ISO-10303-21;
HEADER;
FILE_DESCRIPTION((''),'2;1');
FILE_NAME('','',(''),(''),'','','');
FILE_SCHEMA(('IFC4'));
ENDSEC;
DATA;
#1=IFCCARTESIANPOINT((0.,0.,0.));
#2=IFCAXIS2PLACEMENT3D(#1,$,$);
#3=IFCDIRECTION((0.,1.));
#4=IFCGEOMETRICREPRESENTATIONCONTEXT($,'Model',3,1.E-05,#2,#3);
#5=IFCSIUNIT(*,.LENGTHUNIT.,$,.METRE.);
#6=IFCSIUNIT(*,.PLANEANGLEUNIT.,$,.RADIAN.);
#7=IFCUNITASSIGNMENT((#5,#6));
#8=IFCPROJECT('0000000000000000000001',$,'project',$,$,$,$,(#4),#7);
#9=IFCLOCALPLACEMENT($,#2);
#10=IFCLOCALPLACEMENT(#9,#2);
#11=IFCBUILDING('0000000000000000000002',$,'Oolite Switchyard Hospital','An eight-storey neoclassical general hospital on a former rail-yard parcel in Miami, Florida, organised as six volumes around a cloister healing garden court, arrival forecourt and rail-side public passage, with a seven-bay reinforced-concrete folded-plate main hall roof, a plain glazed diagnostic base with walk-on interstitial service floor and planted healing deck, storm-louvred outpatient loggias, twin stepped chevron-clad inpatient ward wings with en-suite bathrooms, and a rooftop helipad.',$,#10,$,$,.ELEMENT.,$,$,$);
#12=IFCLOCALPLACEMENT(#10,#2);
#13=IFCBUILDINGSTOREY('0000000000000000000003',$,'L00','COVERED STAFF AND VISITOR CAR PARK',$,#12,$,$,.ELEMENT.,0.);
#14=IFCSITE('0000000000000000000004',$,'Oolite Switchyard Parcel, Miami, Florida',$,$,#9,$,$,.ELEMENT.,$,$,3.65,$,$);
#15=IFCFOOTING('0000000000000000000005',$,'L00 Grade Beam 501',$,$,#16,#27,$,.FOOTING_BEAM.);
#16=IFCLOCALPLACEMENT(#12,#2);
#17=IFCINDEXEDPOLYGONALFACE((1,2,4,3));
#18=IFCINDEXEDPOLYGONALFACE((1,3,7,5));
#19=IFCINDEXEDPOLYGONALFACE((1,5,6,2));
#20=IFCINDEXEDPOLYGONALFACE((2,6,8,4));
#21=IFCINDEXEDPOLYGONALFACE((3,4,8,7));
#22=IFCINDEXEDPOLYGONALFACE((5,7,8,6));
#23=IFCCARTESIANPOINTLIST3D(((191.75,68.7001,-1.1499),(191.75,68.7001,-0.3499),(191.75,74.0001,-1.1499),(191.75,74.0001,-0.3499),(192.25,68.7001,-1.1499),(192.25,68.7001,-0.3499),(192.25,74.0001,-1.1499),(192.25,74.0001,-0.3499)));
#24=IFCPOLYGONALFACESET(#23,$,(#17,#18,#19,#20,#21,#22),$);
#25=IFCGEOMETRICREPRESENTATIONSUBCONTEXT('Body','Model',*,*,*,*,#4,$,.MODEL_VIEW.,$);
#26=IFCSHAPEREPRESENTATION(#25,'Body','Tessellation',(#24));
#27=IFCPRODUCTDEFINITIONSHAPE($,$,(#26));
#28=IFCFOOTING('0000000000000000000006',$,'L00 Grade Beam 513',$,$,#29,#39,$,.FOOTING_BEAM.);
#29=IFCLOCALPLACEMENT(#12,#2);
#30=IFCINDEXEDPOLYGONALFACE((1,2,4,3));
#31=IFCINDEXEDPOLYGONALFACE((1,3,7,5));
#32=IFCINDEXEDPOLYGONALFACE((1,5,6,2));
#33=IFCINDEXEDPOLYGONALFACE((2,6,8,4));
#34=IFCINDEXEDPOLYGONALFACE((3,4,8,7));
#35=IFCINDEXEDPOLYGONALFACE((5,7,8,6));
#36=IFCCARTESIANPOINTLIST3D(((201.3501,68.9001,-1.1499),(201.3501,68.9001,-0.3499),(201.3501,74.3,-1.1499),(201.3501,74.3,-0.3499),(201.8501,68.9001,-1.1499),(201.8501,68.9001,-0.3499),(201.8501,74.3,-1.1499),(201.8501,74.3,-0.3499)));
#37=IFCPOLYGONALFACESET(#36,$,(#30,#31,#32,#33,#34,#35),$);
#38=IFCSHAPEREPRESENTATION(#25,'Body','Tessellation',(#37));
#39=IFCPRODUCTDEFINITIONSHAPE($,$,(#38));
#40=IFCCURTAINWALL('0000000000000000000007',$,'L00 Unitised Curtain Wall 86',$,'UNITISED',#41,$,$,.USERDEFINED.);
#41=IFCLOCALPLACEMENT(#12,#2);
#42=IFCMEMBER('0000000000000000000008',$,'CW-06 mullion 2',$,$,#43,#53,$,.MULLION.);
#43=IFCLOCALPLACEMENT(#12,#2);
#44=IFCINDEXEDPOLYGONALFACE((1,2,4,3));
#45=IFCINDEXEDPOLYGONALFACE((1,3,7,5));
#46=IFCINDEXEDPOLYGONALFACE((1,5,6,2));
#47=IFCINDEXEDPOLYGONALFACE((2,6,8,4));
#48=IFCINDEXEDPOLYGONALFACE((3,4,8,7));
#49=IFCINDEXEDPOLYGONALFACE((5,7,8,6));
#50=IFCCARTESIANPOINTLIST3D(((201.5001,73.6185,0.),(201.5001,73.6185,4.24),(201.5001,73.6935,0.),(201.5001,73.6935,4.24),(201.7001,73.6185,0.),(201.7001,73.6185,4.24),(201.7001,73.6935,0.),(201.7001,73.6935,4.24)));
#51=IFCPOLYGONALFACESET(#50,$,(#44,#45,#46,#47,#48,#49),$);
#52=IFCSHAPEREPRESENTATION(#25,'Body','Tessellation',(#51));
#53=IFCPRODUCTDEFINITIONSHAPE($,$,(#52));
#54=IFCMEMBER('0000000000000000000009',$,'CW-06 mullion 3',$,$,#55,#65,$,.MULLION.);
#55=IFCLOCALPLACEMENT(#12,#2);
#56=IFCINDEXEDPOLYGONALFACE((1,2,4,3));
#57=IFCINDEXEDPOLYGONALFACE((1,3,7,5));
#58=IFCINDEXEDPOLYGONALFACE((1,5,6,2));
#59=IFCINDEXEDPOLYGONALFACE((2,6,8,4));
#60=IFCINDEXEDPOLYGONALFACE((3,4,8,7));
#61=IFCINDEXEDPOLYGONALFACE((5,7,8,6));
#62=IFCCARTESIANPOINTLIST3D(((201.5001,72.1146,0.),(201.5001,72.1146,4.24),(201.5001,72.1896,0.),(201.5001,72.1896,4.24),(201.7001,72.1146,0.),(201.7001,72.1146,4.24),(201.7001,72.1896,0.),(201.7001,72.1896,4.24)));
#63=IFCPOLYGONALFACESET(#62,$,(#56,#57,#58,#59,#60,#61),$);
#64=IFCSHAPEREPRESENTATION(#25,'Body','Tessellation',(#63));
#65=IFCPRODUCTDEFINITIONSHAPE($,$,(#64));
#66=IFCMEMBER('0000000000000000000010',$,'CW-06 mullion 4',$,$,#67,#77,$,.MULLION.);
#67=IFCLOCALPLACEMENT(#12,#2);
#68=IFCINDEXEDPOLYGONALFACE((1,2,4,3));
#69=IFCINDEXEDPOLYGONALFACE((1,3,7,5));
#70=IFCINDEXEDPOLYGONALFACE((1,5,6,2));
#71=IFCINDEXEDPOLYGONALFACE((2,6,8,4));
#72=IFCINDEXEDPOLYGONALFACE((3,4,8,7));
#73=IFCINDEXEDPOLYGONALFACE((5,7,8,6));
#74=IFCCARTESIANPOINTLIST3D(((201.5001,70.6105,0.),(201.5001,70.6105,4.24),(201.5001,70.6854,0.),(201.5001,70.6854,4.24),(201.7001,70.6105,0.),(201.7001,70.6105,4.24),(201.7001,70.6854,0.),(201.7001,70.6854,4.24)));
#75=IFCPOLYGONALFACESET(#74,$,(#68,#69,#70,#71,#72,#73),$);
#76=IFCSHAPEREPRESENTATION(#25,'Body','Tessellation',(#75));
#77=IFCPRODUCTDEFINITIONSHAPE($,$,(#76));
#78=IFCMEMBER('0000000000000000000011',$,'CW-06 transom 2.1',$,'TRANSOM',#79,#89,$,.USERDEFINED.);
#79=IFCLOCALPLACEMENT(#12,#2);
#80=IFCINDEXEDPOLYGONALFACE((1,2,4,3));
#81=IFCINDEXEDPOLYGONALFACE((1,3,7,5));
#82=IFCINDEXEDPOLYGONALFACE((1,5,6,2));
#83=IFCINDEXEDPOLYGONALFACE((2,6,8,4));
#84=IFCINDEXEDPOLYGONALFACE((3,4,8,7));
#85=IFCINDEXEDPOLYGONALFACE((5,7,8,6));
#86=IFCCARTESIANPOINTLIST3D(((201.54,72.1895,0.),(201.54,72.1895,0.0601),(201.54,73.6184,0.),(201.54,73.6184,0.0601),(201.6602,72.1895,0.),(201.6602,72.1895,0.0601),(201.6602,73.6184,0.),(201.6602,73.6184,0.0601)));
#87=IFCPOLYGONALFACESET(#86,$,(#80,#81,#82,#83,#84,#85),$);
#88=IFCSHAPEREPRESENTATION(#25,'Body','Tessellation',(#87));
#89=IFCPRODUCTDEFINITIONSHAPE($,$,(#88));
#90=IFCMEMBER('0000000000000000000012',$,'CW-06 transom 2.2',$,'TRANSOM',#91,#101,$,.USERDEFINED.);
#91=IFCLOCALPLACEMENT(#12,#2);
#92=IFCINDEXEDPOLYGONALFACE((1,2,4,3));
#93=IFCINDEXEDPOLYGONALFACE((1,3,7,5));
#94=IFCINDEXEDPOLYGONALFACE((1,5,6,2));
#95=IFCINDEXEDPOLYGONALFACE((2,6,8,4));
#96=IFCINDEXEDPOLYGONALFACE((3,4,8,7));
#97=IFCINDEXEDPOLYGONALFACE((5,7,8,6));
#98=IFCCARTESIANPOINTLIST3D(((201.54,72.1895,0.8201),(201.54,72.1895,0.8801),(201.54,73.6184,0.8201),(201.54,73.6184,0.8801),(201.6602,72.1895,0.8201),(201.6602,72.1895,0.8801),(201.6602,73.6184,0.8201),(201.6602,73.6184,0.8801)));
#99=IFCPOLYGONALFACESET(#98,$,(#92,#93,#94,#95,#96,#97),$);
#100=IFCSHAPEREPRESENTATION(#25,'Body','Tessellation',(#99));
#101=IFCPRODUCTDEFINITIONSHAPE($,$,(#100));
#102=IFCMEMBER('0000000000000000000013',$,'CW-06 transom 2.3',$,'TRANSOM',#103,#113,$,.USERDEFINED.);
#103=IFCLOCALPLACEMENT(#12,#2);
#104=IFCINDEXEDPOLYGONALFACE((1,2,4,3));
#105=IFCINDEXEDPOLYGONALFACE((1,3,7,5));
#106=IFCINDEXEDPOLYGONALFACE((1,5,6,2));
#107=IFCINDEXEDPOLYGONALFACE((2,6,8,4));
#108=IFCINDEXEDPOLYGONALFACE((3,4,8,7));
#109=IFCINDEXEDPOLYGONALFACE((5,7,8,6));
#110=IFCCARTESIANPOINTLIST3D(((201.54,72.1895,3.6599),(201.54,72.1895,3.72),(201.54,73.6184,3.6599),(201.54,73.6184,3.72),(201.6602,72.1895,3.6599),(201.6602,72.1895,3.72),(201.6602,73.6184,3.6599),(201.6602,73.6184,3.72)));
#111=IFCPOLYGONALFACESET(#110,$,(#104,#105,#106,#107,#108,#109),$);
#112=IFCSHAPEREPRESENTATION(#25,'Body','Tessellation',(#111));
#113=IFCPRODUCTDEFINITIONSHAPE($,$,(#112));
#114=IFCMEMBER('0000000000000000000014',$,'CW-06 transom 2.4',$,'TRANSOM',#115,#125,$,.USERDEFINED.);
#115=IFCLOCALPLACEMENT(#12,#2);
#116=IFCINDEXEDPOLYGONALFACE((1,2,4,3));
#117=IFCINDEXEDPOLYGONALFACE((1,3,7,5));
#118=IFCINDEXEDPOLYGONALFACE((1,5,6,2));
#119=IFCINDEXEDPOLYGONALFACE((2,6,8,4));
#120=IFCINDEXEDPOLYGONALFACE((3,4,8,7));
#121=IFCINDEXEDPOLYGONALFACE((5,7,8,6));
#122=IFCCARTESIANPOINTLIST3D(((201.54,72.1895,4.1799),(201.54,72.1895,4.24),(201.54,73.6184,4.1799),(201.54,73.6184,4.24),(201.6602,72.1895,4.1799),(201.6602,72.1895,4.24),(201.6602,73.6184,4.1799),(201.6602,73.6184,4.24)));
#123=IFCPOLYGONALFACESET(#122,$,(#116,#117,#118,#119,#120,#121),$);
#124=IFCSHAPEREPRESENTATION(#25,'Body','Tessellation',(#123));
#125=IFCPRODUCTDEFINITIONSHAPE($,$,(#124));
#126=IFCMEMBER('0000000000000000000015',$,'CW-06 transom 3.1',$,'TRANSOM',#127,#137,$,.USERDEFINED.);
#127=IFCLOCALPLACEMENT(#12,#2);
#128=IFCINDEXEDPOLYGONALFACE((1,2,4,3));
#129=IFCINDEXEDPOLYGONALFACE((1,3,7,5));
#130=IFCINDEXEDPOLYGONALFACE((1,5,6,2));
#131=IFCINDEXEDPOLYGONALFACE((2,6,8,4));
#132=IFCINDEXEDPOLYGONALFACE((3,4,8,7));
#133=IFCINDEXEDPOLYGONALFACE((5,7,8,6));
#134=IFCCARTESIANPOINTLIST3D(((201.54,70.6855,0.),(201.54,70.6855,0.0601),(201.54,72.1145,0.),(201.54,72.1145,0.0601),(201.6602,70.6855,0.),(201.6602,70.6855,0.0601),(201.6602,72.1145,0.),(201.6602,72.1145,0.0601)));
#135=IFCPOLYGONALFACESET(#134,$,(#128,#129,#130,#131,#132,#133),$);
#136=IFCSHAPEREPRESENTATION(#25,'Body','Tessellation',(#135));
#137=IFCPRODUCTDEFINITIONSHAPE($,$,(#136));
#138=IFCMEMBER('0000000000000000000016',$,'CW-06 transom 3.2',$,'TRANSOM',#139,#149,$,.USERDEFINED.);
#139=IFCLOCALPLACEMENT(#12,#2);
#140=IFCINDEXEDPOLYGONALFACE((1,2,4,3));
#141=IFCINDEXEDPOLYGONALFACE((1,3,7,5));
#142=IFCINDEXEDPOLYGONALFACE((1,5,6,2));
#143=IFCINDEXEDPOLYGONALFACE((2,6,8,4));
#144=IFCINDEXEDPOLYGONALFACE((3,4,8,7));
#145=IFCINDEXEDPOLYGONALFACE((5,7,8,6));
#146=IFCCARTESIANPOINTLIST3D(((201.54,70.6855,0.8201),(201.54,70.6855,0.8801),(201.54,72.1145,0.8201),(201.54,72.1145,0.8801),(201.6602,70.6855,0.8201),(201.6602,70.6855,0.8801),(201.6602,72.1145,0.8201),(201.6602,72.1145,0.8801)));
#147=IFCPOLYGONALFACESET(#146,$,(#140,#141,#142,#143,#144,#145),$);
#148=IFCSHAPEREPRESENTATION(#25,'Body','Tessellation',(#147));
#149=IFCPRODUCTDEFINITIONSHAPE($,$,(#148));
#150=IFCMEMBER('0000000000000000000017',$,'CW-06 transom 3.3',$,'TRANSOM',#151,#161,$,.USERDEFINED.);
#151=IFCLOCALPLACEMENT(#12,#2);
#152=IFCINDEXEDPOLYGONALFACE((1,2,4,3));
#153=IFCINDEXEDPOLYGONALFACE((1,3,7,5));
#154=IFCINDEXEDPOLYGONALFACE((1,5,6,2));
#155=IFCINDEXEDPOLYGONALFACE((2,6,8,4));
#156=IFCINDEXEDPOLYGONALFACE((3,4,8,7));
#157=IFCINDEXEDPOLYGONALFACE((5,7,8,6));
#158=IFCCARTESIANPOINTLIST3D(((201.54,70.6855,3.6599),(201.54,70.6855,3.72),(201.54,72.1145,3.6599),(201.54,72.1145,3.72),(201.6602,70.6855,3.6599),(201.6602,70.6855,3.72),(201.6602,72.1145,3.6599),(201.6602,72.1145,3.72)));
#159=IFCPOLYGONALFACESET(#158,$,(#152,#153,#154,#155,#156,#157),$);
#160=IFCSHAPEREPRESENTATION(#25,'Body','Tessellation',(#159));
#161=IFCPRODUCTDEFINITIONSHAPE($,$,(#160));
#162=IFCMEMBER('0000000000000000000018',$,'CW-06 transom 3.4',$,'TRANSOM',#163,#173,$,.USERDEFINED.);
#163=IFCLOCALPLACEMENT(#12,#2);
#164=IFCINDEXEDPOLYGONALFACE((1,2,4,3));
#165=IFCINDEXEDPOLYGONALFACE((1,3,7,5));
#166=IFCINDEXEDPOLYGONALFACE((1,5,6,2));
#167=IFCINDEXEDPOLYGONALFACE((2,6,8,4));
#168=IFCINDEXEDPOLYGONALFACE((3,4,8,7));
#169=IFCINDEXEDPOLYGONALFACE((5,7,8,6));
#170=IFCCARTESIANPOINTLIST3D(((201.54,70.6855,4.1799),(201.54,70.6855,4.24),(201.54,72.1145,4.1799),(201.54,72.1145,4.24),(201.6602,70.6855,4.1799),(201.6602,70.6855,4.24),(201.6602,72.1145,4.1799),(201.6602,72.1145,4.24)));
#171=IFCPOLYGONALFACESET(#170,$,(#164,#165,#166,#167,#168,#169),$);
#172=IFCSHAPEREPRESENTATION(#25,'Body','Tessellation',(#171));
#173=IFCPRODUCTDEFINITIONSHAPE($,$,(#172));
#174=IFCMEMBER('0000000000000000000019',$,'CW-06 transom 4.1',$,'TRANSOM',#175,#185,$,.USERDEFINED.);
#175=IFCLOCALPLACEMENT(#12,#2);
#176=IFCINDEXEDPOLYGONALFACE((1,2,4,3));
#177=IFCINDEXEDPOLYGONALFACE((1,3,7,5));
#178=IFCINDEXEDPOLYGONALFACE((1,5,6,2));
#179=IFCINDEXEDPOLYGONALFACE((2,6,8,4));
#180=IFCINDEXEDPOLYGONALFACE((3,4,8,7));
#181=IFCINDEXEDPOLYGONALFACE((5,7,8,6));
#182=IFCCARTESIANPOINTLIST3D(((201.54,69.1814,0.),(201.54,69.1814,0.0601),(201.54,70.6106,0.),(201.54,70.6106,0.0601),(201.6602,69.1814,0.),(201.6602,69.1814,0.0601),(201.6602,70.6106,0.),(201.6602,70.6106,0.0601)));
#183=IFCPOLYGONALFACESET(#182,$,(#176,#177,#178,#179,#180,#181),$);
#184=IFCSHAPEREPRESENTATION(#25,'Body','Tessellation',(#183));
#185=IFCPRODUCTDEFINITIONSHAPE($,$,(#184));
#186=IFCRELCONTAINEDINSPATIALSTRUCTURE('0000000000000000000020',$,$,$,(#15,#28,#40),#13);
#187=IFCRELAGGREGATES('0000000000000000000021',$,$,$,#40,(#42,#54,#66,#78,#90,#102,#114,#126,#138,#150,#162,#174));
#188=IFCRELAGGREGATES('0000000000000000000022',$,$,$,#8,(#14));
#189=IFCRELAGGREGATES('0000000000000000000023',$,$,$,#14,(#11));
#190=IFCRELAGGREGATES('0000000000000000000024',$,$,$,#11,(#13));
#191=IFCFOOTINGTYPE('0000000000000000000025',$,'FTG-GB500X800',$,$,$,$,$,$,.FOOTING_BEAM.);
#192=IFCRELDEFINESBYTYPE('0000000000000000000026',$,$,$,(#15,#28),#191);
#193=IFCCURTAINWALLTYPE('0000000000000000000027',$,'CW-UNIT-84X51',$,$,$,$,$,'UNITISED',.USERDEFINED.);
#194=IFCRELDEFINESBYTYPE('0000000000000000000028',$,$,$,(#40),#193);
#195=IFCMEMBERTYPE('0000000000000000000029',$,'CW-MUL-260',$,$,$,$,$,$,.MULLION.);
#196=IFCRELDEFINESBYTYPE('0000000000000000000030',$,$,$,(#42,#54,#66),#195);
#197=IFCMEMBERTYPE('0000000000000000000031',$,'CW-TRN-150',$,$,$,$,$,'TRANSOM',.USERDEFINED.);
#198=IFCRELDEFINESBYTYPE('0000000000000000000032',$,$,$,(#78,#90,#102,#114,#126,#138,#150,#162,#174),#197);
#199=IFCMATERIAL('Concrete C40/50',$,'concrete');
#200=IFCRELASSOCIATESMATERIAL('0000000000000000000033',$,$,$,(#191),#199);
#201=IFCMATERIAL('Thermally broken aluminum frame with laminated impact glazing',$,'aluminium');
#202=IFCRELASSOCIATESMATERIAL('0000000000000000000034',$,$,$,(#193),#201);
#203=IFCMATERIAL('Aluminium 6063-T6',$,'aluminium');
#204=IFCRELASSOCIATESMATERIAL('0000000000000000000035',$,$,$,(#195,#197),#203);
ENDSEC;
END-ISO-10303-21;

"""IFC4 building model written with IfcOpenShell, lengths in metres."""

from ifc_helpers import new_model, si_unit, direction, frame, origin, origin_2d, place, context, subcontext, project, spatial, rectangle, extrude, material, material_profile, profile_set, type_object, element, aggregate, save


model = new_model("IFC4")

# Units and contexts
model_context = context("Model", 3, precision=1e-05, world=origin(), true_north=direction((0.0, 1.0)))
body_context = subcontext(model_context, "Body", "Model", "MODEL_VIEW")
ifc_project = project(units=[si_unit("LENGTHUNIT", "METRE"), si_unit("PLANEANGLEUNIT", "RADIAN")], contexts=[model_context])

# Site, building, storey
site_placement = place(None, origin())
site = spatial("IfcSite", under=ifc_project, at=site_placement, Name="Oolite Switchyard Parcel, Miami, Florida", CompositionType="ELEMENT", RefElevation=3.65)
building_placement = place(site_placement, origin())
building = spatial("IfcBuilding", under=site, at=building_placement, Name="Oolite Switchyard Hospital", Description="An eight-storey neoclassical general hospital on a former rail-yard parcel in Miami, Florida, organised as six volumes around a cloister healing garden court, arrival forecourt and rail-side public passage, with a seven-bay reinforced-concrete folded-plate main hall roof, a plain glazed diagnostic base with walk-on interstitial service floor and planted healing deck, storm-louvred outpatient loggias, twin stepped chevron-clad inpatient ward wings with en-suite bathrooms, and a rooftop helipad.", CompositionType="ELEMENT")
storey_placement = place(building_placement, origin())
storey = spatial("IfcBuildingStorey", under=building, at=storey_placement, Name="L00", Description="COVERED STAFF AND VISITOR CAR PARK", CompositionType="ELEMENT", Elevation=0.0)

# Footings
ifc_material_1 = material(Name="Concrete C40/50", Category="concrete")
footing_type = type_object("IfcFootingType", Name="FTG-GB500X800", PredefinedType="FOOTING_BEAM", material=ifc_material_1)
footing_1_placement = place(storey_placement, frame((192.0, 71.3501, -1.1499), z_axis=(0.0, 0.0, 1.0), x_axis=(0.0, 1.0, 0.0)))
element("IfcFooting", 1, at=footing_1_placement, inside=storey, type_object=footing_type, Name="L00 Grade Beam 501", PredefinedType="FOOTING_BEAM", context=body_context, shape_type="SweptSolid", body=[
    extrude(rectangle(XDim=5.3, YDim=0.5, at=origin_2d()), origin(), (0.0, 0.0, 1.0), 0.8),
])
footing_2_placement = place(storey_placement, frame((201.6001, 71.6001, -1.1499), z_axis=(0.0, 0.0, 1.0), x_axis=(0.0, 1.0, 0.0)))
element("IfcFooting", 2, at=footing_2_placement, inside=storey, type_object=footing_type, Name="L00 Grade Beam 513", PredefinedType="FOOTING_BEAM", context=body_context, shape_type="SweptSolid", body=[
    extrude(rectangle(XDim=5.3999, YDim=0.5, at=origin_2d()), origin(), (0.0, 0.0, 1.0), 0.8),
])

# Curtain wall, members
ifc_material_2 = material(Name="Thermally broken aluminum frame with laminated impact glazing", Category="aluminium")
curtain_wall_type = type_object("IfcCurtainWallType", Name="CW-UNIT-84X51", ElementType="UNITISED", PredefinedType="USERDEFINED", material=ifc_material_2)
curtain_wall_placement = place(storey_placement, origin())
curtain_wall = element("IfcCurtainWall", 3, at=curtain_wall_placement, inside=storey, type_object=curtain_wall_type, Name="L00 Unitised Curtain Wall 86", ObjectType="UNITISED", PredefinedType="USERDEFINED")
ifc_material_3 = material(Name="Aluminium 6063-T6", Category="aluminium")
ifc_material_profile_1 = material_profile(ifc_material_3, rectangle(XDim=0.2, YDim=0.075, at=origin_2d()), Name="CWM75X200")
ifc_profile_set_1 = profile_set([ifc_material_profile_1], Name="Aluminium 6063-T6")
member_type_1 = type_object("IfcMemberType", Name="CW-MUL-260", PredefinedType="MULLION", material=ifc_profile_set_1)
member_1_placement = place(storey_placement, frame((201.6001, 73.656, 0.0), z_axis=(0.0, 0.0, 1.0), x_axis=(1.0, 0.0, 0.0)))
member_1 = element("IfcMember", 4, at=member_1_placement, type_object=member_type_1, Name="CW-06 mullion 2", PredefinedType="MULLION", context=body_context, shape_type="SweptSolid", body=[
    extrude(rectangle(XDim=0.2, YDim=0.075, at=origin_2d()), origin(), (0.0, 0.0, 1.0), 4.24),
])
member_2_placement = place(storey_placement, frame((201.6001, 72.1521, 0.0), z_axis=(0.0, 0.0, 1.0), x_axis=(1.0, 0.0, 0.0)))
member_2 = element("IfcMember", 5, at=member_2_placement, type_object=member_type_1, Name="CW-06 mullion 3", PredefinedType="MULLION", context=body_context, shape_type="SweptSolid", body=[
    extrude(rectangle(XDim=0.2, YDim=0.075, at=origin_2d()), origin(), (0.0, 0.0, 1.0), 4.24),
])
member_3_placement = place(storey_placement, frame((201.6001, 70.6479, 0.0), z_axis=(0.0, 0.0, 1.0), x_axis=(1.0, 0.0, 0.0)))
member_3 = element("IfcMember", 6, at=member_3_placement, type_object=member_type_1, Name="CW-06 mullion 4", PredefinedType="MULLION", context=body_context, shape_type="SweptSolid", body=[
    extrude(rectangle(XDim=0.2, YDim=0.075, at=origin_2d()), origin(), (0.0, 0.0, 1.0), 4.24),
])
ifc_material_profile_2 = material_profile(ifc_material_3, rectangle(XDim=0.1201, YDim=0.0601, at=origin_2d()), Name="CWT60X120")
ifc_profile_set_2 = profile_set([ifc_material_profile_2], Name="Aluminium 6063-T6")
member_type_2 = type_object("IfcMemberType", Name="CW-TRN-150", ElementType="TRANSOM", PredefinedType="USERDEFINED", material=ifc_profile_set_2)
member_4_placement = place(storey_placement, frame((201.6001, 73.6184, 0.03), z_axis=(0.0, -1.0, 0.0), x_axis=(1.0, 0.0, 0.0)))
member_4 = element("IfcMember", 7, at=member_4_placement, type_object=member_type_2, Name="CW-06 transom 2.1", ObjectType="TRANSOM", PredefinedType="USERDEFINED", context=body_context, shape_type="SweptSolid", body=[
    extrude(rectangle(XDim=0.1201, YDim=0.0601, at=origin_2d()), origin(), (0.0, 0.0, 1.0), 1.429),
])
member_5_placement = place(storey_placement, frame((201.6001, 73.6184, 0.8501), z_axis=(0.0, -1.0, 0.0), x_axis=(1.0, 0.0, 0.0)))
member_5 = element("IfcMember", 8, at=member_5_placement, type_object=member_type_2, Name="CW-06 transom 2.2", ObjectType="TRANSOM", PredefinedType="USERDEFINED", context=body_context, shape_type="SweptSolid", body=[
    extrude(rectangle(XDim=0.1201, YDim=0.0601, at=origin_2d()), origin(), (0.0, 0.0, 1.0), 1.429),
])
member_6_placement = place(storey_placement, frame((201.6001, 73.6184, 3.6899), z_axis=(0.0, -1.0, 0.0), x_axis=(1.0, 0.0, 0.0)))
member_6 = element("IfcMember", 9, at=member_6_placement, type_object=member_type_2, Name="CW-06 transom 2.3", ObjectType="TRANSOM", PredefinedType="USERDEFINED", context=body_context, shape_type="SweptSolid", body=[
    extrude(rectangle(XDim=0.1201, YDim=0.0601, at=origin_2d()), origin(), (0.0, 0.0, 1.0), 1.429),
])
member_7_placement = place(storey_placement, frame((201.6001, 73.6184, 4.21), z_axis=(0.0, -1.0, 0.0), x_axis=(1.0, 0.0, 0.0)))
member_7 = element("IfcMember", 10, at=member_7_placement, type_object=member_type_2, Name="CW-06 transom 2.4", ObjectType="TRANSOM", PredefinedType="USERDEFINED", context=body_context, shape_type="SweptSolid", body=[
    extrude(rectangle(XDim=0.1201, YDim=0.0601, at=origin_2d()), origin(), (0.0, 0.0, 1.0), 1.429),
])
member_8_placement = place(storey_placement, frame((201.6001, 72.1145, 0.03), z_axis=(0.0, -1.0, 0.0), x_axis=(1.0, 0.0, 0.0)))
member_8 = element("IfcMember", 11, at=member_8_placement, type_object=member_type_2, Name="CW-06 transom 3.1", ObjectType="TRANSOM", PredefinedType="USERDEFINED", context=body_context, shape_type="SweptSolid", body=[
    extrude(rectangle(XDim=0.1201, YDim=0.0601, at=origin_2d()), origin(), (0.0, 0.0, 1.0), 1.429),
])
member_9_placement = place(storey_placement, frame((201.6001, 72.1145, 0.8501), z_axis=(0.0, -1.0, 0.0), x_axis=(1.0, 0.0, 0.0)))
member_9 = element("IfcMember", 12, at=member_9_placement, type_object=member_type_2, Name="CW-06 transom 3.2", ObjectType="TRANSOM", PredefinedType="USERDEFINED", context=body_context, shape_type="SweptSolid", body=[
    extrude(rectangle(XDim=0.1201, YDim=0.0601, at=origin_2d()), origin(), (0.0, 0.0, 1.0), 1.429),
])
member_10_placement = place(storey_placement, frame((201.6001, 72.1145, 3.6899), z_axis=(0.0, -1.0, 0.0), x_axis=(1.0, 0.0, 0.0)))
member_10 = element("IfcMember", 13, at=member_10_placement, type_object=member_type_2, Name="CW-06 transom 3.3", ObjectType="TRANSOM", PredefinedType="USERDEFINED", context=body_context, shape_type="SweptSolid", body=[
    extrude(rectangle(XDim=0.1201, YDim=0.0601, at=origin_2d()), origin(), (0.0, 0.0, 1.0), 1.429),
])
member_11_placement = place(storey_placement, frame((201.6001, 72.1145, 4.21), z_axis=(0.0, -1.0, 0.0), x_axis=(1.0, 0.0, 0.0)))
member_11 = element("IfcMember", 14, at=member_11_placement, type_object=member_type_2, Name="CW-06 transom 3.4", ObjectType="TRANSOM", PredefinedType="USERDEFINED", context=body_context, shape_type="SweptSolid", body=[
    extrude(rectangle(XDim=0.1201, YDim=0.0601, at=origin_2d()), origin(), (0.0, 0.0, 1.0), 1.429),
])
member_12_placement = place(storey_placement, frame((201.6001, 70.6106, 0.03), z_axis=(0.0, -1.0, 0.0), x_axis=(1.0, 0.0, 0.0)))
member_12 = element("IfcMember", 15, at=member_12_placement, type_object=member_type_2, Name="CW-06 transom 4.1", ObjectType="TRANSOM", PredefinedType="USERDEFINED", context=body_context, shape_type="SweptSolid", body=[
    extrude(rectangle(XDim=0.1201, YDim=0.0601, at=origin_2d()), origin(), (0.0, 0.0, 1.0), 1.4292),
])
aggregate(curtain_wall, [member_1, member_2, member_3, member_4, member_5, member_6, member_7, member_8, member_9, member_10, member_11, member_12])

save(model, "model.ifc")
